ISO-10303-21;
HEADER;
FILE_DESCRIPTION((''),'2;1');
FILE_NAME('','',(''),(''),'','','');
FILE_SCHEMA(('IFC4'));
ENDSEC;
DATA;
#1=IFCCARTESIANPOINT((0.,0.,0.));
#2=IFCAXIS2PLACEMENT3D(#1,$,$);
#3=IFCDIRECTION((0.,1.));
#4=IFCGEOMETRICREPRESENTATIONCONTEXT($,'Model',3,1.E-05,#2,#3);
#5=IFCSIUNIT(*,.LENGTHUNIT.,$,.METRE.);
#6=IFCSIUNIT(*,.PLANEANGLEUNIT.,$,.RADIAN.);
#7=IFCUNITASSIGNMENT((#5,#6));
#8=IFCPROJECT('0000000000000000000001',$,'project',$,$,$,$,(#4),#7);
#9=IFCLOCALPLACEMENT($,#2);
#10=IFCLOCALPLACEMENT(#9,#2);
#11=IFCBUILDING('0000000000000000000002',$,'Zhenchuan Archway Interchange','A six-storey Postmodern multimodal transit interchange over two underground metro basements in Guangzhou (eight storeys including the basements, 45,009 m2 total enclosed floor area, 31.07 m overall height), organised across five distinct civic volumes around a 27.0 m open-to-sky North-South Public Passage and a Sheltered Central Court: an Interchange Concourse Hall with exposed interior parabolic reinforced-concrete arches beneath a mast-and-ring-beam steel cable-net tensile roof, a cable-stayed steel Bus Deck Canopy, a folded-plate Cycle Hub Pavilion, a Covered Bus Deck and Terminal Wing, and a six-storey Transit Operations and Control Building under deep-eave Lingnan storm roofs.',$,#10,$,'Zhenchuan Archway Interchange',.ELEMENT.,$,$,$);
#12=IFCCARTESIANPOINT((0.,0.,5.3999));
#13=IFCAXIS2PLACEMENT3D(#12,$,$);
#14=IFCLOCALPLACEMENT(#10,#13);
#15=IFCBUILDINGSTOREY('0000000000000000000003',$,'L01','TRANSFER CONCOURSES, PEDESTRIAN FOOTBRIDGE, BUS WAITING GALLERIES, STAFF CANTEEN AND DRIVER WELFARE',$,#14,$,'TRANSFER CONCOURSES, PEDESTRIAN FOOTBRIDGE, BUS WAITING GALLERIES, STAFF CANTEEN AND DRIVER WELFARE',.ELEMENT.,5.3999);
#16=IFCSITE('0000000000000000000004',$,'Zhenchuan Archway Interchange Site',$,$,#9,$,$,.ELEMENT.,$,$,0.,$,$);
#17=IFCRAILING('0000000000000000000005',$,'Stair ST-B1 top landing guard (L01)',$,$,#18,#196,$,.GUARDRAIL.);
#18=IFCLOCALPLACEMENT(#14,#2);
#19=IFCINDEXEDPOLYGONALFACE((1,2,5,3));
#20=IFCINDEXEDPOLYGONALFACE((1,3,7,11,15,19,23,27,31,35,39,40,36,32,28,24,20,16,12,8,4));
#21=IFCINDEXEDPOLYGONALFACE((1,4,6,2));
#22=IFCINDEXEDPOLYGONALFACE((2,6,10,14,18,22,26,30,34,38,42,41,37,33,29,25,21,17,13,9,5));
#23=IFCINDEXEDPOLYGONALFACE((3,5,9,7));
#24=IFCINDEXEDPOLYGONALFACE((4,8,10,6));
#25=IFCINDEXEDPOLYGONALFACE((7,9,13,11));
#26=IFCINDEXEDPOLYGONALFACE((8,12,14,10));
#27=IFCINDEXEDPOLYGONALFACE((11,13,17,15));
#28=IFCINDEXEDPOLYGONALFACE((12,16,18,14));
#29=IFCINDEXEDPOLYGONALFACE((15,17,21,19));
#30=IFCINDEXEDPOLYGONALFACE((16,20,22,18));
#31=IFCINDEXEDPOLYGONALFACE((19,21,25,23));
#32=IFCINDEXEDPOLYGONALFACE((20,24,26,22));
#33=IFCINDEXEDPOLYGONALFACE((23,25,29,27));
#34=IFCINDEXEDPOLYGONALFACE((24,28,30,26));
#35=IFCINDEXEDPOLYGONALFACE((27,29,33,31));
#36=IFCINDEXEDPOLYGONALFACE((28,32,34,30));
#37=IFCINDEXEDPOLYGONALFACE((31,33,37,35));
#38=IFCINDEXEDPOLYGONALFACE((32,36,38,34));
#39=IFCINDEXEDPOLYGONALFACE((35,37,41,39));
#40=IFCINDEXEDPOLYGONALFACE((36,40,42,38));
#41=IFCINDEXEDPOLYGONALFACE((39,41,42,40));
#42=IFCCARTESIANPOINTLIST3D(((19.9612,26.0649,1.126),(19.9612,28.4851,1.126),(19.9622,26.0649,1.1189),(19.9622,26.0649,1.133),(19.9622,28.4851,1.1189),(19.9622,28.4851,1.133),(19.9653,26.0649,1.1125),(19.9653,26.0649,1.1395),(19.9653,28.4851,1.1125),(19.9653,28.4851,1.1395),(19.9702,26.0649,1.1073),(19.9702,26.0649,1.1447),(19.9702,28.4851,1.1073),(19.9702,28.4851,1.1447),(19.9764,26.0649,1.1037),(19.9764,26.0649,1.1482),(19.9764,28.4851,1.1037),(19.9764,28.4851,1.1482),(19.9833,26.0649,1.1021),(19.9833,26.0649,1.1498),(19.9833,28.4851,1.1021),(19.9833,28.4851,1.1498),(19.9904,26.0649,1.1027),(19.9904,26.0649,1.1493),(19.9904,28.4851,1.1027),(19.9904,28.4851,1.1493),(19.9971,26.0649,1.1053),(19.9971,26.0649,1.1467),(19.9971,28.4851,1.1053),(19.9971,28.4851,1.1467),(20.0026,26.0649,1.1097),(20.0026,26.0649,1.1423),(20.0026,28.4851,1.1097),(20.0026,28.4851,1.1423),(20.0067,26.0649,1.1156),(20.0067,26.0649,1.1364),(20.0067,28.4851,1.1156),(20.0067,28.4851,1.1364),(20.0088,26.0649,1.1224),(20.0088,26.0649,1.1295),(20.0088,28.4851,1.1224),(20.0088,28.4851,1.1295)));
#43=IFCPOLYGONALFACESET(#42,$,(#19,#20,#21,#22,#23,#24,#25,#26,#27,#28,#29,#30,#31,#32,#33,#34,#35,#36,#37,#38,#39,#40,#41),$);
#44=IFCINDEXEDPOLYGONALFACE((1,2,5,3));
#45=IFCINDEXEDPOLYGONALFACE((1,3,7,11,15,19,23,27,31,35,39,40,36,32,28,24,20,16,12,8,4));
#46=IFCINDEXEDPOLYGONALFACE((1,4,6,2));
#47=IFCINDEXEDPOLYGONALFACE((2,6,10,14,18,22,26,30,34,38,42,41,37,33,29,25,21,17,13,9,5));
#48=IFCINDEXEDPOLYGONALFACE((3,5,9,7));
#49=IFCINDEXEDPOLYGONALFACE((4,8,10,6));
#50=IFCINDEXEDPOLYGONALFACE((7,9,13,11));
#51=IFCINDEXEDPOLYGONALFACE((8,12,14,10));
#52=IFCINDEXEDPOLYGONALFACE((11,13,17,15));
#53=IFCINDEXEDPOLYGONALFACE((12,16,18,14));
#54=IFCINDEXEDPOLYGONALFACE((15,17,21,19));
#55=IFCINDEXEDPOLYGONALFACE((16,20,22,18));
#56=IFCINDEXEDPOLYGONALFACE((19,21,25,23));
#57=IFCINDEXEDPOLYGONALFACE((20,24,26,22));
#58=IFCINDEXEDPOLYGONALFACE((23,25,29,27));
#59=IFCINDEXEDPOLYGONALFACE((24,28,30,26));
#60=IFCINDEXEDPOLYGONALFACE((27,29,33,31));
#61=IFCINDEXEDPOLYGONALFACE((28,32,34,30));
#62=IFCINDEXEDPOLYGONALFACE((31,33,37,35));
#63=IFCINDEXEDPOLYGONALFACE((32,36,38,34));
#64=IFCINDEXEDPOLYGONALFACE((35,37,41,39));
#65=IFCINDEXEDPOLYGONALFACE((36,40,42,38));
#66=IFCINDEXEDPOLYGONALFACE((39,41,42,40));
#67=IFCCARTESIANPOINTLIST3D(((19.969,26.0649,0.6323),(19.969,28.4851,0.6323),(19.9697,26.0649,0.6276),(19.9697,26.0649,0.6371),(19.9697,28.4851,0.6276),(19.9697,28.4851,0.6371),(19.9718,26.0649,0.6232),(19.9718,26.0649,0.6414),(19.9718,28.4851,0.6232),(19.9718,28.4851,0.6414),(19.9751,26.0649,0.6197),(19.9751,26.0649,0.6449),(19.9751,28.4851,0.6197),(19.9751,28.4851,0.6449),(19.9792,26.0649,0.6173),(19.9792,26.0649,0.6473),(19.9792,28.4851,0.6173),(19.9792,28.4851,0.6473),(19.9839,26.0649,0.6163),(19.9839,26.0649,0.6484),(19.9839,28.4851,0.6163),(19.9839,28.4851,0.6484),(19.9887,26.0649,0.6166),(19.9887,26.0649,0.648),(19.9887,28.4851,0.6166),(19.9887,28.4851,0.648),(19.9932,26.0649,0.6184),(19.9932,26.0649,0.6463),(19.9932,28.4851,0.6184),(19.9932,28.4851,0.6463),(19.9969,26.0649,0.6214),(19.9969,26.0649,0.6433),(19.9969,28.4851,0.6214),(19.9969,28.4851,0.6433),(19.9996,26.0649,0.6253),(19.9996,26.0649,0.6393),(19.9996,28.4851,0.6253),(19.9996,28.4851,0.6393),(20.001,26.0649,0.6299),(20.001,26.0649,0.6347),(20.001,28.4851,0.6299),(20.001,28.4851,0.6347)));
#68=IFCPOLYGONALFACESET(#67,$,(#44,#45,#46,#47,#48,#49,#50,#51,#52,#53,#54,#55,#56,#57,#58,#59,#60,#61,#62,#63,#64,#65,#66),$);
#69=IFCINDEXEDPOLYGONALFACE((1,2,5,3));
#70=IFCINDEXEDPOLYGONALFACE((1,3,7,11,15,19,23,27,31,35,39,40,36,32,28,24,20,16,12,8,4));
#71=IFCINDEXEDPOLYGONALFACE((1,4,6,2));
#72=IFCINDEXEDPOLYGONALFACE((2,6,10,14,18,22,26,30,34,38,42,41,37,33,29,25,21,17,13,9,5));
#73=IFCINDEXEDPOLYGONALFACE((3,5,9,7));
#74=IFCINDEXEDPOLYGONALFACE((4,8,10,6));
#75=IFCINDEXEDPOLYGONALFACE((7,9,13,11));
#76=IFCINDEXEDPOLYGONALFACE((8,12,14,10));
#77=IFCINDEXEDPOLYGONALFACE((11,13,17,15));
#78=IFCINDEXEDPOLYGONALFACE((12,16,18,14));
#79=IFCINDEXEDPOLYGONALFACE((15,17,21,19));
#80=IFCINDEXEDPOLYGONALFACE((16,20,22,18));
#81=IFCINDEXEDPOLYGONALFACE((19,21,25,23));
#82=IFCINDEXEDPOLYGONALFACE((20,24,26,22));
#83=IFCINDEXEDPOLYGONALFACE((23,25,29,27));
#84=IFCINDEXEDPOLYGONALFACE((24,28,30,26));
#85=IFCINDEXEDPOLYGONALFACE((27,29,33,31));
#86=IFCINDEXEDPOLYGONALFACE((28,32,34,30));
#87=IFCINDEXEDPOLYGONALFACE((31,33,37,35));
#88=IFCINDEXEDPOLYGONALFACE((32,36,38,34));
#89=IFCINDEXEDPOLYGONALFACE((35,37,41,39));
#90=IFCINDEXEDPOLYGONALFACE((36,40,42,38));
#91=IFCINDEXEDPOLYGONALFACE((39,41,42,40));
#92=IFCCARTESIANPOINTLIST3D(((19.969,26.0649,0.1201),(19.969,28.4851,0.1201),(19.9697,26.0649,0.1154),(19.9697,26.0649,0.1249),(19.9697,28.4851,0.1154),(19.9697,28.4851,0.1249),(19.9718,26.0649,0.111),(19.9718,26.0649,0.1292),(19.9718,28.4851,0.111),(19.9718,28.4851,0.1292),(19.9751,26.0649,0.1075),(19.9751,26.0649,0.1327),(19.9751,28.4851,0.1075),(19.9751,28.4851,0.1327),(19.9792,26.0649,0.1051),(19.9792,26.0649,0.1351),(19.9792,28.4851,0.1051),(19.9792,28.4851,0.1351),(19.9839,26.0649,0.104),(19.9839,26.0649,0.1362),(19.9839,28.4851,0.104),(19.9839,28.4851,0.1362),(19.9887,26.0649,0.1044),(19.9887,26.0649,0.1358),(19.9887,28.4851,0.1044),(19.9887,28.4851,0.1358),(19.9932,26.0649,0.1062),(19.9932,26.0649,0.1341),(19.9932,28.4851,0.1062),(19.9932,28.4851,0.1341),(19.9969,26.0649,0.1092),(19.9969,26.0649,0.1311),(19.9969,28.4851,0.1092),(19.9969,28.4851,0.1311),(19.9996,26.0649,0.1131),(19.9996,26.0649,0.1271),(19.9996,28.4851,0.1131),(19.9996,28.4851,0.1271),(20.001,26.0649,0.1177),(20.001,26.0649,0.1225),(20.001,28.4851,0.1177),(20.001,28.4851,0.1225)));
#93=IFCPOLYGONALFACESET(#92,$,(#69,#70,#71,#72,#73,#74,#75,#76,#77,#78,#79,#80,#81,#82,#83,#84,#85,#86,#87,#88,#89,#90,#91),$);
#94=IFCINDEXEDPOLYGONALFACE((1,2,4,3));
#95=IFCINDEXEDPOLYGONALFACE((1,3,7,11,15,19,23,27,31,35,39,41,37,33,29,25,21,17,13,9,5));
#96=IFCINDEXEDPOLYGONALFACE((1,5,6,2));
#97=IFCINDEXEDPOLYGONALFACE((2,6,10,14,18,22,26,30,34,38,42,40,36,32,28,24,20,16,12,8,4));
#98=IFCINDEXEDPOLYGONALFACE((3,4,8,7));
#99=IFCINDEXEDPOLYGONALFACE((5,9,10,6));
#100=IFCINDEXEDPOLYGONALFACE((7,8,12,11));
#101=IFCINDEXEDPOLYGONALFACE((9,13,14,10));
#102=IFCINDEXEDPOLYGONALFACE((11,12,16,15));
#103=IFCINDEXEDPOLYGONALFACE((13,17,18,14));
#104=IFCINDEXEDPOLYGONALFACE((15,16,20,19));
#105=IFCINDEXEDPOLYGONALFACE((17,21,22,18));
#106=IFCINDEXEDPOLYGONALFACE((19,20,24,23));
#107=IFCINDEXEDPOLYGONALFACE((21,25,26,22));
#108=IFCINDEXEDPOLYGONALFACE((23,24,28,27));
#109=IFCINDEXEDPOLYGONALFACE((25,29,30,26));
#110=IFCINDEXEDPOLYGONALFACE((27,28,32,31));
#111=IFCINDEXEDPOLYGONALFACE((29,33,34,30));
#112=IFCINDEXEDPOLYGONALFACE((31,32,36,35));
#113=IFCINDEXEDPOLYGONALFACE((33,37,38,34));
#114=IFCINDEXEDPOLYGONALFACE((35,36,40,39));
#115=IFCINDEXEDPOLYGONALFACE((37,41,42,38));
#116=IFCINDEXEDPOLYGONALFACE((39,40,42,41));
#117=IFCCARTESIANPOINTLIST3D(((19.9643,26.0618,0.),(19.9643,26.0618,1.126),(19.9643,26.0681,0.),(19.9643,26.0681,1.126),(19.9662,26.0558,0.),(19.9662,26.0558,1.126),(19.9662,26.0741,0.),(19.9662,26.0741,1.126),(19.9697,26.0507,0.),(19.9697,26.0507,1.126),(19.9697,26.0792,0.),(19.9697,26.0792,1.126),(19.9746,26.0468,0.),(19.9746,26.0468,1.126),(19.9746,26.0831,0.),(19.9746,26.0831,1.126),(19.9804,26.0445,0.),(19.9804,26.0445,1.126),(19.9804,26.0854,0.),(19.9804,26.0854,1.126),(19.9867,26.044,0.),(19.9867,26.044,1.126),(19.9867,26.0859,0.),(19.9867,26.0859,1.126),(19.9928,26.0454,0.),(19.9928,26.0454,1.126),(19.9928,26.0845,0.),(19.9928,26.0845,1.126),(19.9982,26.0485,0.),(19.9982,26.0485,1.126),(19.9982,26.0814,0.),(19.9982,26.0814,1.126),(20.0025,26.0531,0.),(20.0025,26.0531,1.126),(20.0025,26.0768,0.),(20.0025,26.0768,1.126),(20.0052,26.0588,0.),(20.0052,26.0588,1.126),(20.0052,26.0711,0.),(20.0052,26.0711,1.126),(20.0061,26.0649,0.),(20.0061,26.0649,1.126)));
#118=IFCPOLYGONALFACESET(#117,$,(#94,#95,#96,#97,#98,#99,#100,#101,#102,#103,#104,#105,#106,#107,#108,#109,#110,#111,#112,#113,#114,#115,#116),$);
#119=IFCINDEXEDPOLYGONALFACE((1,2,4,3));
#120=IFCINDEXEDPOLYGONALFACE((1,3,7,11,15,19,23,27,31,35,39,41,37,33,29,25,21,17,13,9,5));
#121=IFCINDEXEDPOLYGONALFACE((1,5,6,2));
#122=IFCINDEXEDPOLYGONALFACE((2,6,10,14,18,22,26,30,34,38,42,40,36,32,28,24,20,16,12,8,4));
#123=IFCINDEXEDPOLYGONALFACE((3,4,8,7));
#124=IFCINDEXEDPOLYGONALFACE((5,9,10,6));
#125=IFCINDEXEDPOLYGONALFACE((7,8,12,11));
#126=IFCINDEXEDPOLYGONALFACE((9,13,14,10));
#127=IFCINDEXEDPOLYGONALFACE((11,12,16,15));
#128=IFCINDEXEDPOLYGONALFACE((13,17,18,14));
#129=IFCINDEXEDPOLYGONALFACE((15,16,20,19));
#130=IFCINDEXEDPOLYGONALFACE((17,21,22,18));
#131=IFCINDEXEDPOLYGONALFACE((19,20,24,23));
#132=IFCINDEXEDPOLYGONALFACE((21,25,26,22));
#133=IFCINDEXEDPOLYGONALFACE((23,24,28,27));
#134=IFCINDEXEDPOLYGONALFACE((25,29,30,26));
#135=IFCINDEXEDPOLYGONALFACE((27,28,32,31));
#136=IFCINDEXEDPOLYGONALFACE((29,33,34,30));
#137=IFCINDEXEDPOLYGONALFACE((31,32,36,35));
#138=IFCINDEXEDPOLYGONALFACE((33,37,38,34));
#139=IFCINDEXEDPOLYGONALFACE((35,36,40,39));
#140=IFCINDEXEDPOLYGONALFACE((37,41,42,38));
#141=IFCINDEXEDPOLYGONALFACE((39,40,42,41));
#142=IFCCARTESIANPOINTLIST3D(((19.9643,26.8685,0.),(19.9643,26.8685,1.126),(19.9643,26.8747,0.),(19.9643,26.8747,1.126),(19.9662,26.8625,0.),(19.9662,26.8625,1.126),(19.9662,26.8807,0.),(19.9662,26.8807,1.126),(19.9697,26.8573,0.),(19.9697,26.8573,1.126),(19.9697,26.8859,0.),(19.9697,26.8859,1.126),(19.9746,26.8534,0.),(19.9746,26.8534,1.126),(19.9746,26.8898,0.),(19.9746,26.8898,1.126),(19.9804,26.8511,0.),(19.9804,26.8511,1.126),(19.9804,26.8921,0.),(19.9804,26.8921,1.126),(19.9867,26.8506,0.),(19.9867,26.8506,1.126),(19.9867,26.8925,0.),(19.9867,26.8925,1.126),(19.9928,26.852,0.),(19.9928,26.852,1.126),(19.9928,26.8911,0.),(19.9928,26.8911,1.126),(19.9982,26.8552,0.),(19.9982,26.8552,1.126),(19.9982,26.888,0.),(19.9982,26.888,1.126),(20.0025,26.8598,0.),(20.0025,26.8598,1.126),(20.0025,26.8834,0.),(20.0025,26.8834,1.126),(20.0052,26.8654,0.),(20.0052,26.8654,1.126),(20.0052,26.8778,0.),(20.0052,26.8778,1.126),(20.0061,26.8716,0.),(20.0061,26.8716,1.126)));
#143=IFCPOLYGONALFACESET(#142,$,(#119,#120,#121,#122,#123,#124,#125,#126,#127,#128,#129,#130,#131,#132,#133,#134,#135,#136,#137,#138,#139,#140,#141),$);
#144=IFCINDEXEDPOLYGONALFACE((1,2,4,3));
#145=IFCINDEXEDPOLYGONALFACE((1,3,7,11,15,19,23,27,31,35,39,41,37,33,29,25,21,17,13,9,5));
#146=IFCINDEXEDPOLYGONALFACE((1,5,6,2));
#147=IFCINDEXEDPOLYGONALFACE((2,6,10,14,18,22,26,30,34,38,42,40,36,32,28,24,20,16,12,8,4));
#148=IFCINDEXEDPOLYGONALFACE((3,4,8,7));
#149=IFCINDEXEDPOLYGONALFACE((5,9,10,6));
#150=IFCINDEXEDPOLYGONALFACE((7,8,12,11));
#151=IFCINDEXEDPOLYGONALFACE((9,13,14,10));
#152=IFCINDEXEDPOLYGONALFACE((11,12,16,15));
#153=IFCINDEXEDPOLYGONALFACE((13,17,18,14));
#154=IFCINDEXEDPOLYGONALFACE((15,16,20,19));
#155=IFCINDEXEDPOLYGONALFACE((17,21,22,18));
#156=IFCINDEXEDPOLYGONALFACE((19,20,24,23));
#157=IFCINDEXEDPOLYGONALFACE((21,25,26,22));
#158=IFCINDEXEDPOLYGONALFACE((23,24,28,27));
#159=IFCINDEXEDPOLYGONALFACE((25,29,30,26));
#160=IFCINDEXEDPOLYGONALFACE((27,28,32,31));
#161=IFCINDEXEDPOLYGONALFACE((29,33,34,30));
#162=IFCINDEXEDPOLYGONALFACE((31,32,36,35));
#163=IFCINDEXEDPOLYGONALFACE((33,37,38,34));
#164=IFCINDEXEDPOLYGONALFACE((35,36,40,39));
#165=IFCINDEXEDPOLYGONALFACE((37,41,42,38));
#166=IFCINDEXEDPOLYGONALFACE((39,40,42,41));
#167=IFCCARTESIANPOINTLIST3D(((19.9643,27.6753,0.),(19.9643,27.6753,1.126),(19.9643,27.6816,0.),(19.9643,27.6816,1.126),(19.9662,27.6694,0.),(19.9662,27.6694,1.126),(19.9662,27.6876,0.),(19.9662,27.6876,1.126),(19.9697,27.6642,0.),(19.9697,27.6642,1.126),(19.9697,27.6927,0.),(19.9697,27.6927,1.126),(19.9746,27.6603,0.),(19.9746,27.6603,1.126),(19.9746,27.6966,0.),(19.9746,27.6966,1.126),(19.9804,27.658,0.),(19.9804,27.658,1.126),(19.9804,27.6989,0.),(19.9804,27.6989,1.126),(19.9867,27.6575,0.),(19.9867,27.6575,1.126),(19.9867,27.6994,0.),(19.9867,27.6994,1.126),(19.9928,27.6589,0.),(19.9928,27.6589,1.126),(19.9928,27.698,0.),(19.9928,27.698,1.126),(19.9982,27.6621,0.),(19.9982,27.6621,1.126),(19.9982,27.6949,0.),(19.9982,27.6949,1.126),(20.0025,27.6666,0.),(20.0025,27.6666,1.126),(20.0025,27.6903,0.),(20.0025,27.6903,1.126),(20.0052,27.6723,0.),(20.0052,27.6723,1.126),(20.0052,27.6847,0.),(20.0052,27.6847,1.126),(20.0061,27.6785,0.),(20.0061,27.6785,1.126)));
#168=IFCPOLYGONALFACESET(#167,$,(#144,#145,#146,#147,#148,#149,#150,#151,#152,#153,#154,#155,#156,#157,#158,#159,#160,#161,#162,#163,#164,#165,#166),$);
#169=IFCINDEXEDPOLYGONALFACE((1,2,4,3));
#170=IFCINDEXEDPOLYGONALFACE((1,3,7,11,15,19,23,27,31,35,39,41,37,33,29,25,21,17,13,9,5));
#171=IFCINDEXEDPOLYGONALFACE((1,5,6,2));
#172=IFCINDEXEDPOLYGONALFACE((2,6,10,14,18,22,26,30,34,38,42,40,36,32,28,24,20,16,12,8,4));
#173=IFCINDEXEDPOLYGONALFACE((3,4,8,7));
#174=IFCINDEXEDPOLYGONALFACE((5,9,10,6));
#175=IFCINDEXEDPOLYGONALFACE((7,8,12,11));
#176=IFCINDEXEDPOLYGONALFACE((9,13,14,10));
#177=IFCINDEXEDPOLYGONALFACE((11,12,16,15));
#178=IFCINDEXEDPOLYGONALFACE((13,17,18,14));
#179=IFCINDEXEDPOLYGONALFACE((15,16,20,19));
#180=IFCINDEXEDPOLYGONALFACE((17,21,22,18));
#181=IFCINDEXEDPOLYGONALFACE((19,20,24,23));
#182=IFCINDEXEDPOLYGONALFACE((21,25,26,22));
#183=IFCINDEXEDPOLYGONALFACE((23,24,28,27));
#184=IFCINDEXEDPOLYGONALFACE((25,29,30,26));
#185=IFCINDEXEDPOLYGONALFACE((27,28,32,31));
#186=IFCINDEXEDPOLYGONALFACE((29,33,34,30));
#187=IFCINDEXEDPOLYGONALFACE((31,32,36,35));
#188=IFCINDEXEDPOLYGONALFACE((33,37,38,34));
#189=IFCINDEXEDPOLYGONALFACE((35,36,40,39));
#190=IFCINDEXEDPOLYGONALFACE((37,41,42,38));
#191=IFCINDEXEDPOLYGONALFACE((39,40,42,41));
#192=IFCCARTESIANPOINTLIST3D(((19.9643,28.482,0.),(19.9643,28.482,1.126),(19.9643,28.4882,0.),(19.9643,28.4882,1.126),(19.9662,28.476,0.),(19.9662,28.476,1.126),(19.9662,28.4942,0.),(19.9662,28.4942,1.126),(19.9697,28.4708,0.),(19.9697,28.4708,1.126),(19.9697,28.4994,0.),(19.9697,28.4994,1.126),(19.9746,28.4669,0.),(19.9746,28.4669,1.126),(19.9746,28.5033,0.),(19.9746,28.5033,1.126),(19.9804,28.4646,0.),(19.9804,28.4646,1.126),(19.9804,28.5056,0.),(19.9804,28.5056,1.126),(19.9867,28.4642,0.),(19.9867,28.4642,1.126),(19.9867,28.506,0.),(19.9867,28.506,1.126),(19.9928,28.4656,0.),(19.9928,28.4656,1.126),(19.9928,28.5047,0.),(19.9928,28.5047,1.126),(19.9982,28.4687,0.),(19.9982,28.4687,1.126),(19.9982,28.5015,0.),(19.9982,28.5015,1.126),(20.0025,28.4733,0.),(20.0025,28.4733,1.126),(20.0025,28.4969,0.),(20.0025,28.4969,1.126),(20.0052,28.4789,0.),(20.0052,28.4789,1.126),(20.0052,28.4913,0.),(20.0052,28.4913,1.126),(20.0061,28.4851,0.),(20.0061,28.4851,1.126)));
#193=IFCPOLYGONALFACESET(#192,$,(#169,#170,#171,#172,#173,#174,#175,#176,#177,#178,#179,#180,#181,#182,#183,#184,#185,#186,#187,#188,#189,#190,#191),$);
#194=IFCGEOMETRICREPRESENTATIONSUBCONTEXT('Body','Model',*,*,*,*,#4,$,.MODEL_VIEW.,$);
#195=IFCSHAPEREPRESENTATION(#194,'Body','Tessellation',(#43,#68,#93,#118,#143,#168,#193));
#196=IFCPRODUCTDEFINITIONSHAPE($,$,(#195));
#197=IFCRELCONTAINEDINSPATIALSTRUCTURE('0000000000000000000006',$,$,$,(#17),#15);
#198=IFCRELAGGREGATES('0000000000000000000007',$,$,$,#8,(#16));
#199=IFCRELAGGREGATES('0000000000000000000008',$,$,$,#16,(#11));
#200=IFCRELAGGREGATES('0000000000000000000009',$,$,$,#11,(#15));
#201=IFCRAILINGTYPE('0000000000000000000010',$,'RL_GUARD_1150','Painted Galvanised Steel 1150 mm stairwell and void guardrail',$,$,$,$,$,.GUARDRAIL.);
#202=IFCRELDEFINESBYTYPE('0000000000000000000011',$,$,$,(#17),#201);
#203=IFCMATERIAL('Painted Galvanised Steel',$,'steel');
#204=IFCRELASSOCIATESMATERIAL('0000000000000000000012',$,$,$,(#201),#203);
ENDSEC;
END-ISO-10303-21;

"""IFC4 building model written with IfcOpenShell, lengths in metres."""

from ifc_helpers import new_model, si_unit, direction, frame, origin, origin_2d, place, context, subcontext, project, spatial, circle, extrude, material, type_object, element, save


model = new_model("IFC4")

# Units and contexts
model_context = context("Model", 3, precision=1e-05, world=origin(), true_north=direction((0.0, 1.0)))
body_context = subcontext(model_context, "Body", "Model", "MODEL_VIEW")
ifc_project = project(units=[si_unit("LENGTHUNIT", "METRE"), si_unit("PLANEANGLEUNIT", "RADIAN")], contexts=[model_context])

# Site, building, storey
site_placement = place(None, origin())
site = spatial("IfcSite", under=ifc_project, at=site_placement, Name="Zhenchuan Archway Interchange Site", CompositionType="ELEMENT", RefElevation=0.0)
building_placement = place(site_placement, origin())
building = spatial("IfcBuilding", under=site, at=building_placement, Name="Zhenchuan Archway Interchange", Description="A six-storey Postmodern multimodal transit interchange over two underground metro basements in Guangzhou (eight storeys including the basements, 45,009 m2 total enclosed floor area, 31.07 m overall height), organised across five distinct civic volumes around a 27.0 m open-to-sky North-South Public Passage and a Sheltered Central Court: an Interchange Concourse Hall with exposed interior parabolic reinforced-concrete arches beneath a mast-and-ring-beam steel cable-net tensile roof, a cable-stayed steel Bus Deck Canopy, a folded-plate Cycle Hub Pavilion, a Covered Bus Deck and Terminal Wing, and a six-storey Transit Operations and Control Building under deep-eave Lingnan storm roofs.", LongName="Zhenchuan Archway Interchange", CompositionType="ELEMENT")
storey_placement = place(building_placement, frame((0.0, 0.0, 5.3999)))
storey = spatial("IfcBuildingStorey", under=building, at=storey_placement, Name="L01", Description="TRANSFER CONCOURSES, PEDESTRIAN FOOTBRIDGE, BUS WAITING GALLERIES, STAFF CANTEEN AND DRIVER WELFARE", LongName="TRANSFER CONCOURSES, PEDESTRIAN FOOTBRIDGE, BUS WAITING GALLERIES, STAFF CANTEEN AND DRIVER WELFARE", CompositionType="ELEMENT", Elevation=5.3999)

# Railing
ifc_material_1 = material(Name="Painted Galvanised Steel", Category="steel")
railing_type = type_object("IfcRailingType", Name="RL_GUARD_1150", Description="Painted Galvanised Steel 1150 mm stairwell and void guardrail", PredefinedType="GUARDRAIL", material=ifc_material_1)
railing_placement = place(storey_placement, frame((19.9851, 26.0649, 0.0)))
element("IfcRailing", 1, at=railing_placement, inside=storey, type_object=railing_type, Name="Stair ST-B1 top landing guard (L01)", PredefinedType="GUARDRAIL", context=body_context, shape_type="SweptSolid", body=[
    extrude(circle(Radius=0.0239, at=origin_2d()), frame((0.0, 0.0, 1.126), z_axis=(0.0, 1.0, 0.0), x_axis=(-1.0, 0.0, 0.0)), (0.0, 0.0, 1.0), 2.4202),
    extrude(circle(Radius=0.0161, at=origin_2d()), frame((0.0, 0.0, 0.6323), z_axis=(0.0, 1.0, 0.0), x_axis=(-1.0, 0.0, 0.0)), (0.0, 0.0, 1.0), 2.4202),
    extrude(circle(Radius=0.0161, at=origin_2d()), frame((0.0, 0.0, 0.1201), z_axis=(0.0, 1.0, 0.0), x_axis=(-1.0, 0.0, 0.0)), (0.0, 0.0, 1.0), 2.4202),
    extrude(circle(Radius=0.021, at=origin_2d()), origin(), (0.0, 0.0, 1.0), 1.126),
    extrude(circle(Radius=0.021, at=origin_2d()), frame((0.0, 0.8066, 0.0)), (0.0, 0.0, 1.0), 1.126),
    extrude(circle(Radius=0.021, at=origin_2d()), frame((0.0, 1.6135, 0.0)), (0.0, 0.0, 1.0), 1.126),
    extrude(circle(Radius=0.021, at=origin_2d()), frame((0.0, 2.4202, 0.0)), (0.0, 0.0, 1.0), 1.126),
])

save(model, "model.ifc")
